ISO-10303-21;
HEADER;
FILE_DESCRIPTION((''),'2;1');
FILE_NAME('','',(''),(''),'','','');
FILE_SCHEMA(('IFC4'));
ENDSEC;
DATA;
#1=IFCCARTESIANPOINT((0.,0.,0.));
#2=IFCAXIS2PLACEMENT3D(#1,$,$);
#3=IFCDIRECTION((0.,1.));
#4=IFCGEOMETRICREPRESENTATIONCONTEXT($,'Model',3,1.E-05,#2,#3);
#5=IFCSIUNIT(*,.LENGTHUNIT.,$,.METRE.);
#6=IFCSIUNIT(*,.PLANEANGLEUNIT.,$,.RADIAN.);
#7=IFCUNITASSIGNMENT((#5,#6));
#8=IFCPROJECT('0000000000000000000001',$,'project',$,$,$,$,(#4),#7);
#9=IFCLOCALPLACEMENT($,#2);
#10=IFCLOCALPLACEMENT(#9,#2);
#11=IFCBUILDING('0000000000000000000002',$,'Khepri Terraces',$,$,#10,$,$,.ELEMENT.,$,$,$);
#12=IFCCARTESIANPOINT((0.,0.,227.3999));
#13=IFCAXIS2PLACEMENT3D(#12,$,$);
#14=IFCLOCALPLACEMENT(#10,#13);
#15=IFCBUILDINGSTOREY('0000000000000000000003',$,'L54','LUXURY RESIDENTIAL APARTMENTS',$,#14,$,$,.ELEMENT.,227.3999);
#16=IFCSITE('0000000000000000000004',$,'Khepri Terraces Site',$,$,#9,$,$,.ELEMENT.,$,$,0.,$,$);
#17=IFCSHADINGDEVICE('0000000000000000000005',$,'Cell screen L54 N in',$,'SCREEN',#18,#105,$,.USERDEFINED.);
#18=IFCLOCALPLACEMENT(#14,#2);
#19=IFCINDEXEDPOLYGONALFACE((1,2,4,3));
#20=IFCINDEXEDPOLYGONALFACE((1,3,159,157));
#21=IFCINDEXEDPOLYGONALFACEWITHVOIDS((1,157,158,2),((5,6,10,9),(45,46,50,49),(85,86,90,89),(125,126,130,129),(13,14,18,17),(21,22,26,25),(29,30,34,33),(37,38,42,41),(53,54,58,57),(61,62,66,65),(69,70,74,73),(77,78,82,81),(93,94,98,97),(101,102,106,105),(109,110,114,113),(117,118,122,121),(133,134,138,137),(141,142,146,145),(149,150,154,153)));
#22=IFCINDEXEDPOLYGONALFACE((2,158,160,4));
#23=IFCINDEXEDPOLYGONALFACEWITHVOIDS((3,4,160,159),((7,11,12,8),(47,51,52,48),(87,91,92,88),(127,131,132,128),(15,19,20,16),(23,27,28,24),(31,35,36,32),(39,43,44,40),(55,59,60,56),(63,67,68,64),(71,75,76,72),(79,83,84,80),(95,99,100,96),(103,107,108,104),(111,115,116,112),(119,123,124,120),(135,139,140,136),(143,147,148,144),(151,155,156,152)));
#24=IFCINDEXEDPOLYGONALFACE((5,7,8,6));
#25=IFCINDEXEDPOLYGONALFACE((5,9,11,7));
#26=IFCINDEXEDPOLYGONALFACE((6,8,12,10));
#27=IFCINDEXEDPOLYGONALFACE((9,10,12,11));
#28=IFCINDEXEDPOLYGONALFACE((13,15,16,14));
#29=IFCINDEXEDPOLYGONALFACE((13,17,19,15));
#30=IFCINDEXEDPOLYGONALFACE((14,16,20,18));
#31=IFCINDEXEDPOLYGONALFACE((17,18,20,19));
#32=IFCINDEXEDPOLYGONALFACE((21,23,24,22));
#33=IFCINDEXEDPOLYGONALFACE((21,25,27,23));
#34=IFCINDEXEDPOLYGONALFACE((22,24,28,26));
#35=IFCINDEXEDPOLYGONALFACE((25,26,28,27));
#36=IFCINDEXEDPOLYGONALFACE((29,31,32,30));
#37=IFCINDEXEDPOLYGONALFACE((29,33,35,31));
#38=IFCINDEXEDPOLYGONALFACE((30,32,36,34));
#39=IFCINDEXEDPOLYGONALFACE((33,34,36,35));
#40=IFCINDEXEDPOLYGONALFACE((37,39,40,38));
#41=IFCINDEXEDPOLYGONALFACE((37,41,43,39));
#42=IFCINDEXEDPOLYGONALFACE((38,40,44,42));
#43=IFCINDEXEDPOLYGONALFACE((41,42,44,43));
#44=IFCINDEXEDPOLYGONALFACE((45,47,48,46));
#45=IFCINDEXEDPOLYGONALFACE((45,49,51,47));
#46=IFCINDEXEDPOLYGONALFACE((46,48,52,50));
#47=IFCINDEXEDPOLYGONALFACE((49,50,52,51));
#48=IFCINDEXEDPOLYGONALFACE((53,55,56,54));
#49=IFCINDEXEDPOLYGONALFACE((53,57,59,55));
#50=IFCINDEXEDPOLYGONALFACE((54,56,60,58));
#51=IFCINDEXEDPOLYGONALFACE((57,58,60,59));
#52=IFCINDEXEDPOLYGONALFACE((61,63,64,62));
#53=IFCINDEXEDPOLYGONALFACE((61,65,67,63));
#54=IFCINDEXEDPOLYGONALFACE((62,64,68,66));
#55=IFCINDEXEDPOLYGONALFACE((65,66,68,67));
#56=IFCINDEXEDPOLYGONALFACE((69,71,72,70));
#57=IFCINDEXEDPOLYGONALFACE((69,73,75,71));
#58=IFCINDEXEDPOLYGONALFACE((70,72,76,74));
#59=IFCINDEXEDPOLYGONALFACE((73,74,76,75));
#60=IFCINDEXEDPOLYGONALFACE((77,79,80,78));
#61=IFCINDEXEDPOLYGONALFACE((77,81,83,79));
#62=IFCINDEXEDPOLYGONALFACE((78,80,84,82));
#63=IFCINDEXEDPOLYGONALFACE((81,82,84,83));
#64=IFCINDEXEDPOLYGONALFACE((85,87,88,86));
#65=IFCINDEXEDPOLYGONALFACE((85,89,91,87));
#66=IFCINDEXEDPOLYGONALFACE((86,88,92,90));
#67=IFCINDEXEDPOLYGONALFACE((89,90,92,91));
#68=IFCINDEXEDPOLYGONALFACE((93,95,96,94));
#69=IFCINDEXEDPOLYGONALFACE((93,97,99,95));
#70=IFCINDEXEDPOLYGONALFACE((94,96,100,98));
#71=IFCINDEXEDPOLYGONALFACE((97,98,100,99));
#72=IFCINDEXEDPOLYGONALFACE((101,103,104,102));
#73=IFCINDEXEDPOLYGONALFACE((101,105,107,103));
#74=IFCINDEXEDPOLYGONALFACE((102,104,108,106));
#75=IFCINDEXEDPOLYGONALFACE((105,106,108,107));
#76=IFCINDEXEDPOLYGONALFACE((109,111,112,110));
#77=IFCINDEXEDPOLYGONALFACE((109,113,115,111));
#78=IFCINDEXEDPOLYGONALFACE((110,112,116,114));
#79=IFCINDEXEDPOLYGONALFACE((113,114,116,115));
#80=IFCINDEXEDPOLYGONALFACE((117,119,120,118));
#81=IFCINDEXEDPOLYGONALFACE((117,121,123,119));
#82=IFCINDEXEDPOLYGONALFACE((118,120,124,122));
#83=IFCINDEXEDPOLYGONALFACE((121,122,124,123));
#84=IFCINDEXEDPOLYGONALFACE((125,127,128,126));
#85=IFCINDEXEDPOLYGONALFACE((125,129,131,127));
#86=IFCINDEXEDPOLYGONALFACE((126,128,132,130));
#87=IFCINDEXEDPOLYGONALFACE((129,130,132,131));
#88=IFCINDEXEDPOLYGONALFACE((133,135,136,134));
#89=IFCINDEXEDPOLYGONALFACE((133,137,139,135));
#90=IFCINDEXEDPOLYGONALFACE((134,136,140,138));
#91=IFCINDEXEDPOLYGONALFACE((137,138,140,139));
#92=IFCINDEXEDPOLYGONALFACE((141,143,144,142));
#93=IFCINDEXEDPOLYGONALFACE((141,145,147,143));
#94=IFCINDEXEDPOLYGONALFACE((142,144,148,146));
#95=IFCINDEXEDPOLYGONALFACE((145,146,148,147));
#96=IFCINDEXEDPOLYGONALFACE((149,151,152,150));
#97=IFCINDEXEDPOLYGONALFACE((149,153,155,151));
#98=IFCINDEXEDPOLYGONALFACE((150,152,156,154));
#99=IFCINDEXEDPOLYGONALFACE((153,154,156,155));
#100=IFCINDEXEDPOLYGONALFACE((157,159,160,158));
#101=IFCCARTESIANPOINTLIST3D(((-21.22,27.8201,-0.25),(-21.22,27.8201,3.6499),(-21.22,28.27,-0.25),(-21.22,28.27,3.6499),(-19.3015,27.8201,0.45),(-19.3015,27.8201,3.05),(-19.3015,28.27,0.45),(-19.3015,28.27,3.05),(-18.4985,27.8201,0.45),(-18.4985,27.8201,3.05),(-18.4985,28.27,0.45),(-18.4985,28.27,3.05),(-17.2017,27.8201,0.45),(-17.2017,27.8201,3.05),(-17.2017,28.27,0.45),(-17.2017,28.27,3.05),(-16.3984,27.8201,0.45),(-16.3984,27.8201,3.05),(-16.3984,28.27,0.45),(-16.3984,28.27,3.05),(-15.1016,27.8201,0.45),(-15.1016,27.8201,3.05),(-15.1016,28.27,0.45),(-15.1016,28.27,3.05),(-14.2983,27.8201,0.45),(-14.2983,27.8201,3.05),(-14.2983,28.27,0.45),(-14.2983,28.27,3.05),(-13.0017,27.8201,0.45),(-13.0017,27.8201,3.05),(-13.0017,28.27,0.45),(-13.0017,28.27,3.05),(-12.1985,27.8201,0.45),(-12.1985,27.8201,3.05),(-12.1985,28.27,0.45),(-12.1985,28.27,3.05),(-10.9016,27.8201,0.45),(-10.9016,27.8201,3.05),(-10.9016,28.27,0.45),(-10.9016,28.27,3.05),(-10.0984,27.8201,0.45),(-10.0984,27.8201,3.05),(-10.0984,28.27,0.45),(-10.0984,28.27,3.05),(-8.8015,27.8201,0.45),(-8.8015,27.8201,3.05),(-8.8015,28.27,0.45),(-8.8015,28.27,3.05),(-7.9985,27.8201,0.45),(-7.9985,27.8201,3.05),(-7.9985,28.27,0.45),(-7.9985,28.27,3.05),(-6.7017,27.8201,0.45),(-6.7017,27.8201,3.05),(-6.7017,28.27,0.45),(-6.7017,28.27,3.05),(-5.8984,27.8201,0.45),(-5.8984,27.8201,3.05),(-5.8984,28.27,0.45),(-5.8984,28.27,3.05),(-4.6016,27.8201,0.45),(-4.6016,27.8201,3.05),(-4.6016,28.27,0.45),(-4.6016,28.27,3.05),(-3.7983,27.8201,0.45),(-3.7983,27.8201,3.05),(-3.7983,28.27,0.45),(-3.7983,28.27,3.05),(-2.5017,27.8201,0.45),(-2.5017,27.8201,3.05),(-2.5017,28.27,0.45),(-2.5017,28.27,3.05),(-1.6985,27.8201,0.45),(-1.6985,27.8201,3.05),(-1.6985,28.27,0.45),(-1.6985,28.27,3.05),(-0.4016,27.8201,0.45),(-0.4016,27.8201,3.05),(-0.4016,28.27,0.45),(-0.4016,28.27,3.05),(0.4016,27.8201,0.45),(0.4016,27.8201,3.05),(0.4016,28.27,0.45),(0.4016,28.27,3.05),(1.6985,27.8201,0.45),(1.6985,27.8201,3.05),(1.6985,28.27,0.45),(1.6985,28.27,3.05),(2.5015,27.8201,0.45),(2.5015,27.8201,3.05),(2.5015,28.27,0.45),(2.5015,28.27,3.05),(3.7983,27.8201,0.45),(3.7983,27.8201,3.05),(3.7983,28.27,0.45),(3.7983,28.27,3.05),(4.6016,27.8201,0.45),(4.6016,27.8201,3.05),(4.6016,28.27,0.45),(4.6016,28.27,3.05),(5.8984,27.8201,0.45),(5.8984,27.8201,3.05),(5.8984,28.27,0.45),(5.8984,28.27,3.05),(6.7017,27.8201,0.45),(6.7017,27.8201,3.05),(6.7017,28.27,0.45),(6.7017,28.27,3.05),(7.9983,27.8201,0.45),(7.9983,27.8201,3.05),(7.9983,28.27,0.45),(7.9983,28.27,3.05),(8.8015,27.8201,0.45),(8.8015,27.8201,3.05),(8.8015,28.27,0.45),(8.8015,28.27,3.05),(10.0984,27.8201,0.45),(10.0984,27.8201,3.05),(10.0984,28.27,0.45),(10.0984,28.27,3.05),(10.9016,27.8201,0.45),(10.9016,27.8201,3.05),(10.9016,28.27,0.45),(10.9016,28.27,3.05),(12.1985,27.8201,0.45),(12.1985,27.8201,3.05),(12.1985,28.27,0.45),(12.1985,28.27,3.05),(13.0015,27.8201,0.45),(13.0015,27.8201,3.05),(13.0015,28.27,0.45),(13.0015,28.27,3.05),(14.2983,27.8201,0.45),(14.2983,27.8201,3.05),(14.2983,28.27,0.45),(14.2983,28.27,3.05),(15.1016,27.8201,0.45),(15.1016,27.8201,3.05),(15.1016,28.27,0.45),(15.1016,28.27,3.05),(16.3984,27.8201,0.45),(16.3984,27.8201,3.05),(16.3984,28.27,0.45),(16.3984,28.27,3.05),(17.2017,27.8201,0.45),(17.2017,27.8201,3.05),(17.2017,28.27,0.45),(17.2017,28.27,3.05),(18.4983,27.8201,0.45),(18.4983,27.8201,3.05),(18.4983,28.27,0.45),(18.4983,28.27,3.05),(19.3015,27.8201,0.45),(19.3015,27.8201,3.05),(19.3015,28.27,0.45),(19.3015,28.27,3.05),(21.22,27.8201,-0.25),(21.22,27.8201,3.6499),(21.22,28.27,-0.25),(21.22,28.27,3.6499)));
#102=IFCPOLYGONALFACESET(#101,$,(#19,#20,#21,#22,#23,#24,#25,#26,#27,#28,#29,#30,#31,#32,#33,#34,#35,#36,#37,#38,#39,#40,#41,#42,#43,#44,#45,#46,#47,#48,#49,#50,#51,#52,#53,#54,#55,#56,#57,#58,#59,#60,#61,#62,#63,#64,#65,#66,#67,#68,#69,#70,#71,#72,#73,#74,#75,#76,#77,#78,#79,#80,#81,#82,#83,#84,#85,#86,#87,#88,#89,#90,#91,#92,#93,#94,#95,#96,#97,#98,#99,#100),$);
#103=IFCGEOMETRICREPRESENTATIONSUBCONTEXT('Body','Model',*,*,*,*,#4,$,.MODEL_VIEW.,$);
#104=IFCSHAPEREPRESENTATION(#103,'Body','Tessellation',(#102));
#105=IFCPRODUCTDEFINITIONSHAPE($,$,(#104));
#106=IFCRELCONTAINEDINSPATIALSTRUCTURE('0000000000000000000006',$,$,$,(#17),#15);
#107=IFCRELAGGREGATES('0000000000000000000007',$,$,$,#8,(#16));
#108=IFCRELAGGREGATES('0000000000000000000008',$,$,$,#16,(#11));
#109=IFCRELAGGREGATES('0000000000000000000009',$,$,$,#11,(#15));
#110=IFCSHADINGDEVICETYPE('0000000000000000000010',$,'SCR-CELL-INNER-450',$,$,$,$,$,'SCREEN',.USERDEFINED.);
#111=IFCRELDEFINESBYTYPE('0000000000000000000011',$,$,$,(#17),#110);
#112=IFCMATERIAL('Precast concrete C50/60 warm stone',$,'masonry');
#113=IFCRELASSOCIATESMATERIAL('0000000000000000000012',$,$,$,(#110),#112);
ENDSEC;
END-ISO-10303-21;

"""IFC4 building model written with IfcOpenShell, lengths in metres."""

from ifc_helpers import new_model, si_unit, direction, frame, origin, place, context, subcontext, project, spatial, polyline, outline, extrude, material, type_object, element, save


model = new_model("IFC4")

# Units and contexts
model_context = context("Model", 3, precision=1e-05, world=origin(), true_north=direction((0.0, 1.0)))
body_context = subcontext(model_context, "Body", "Model", "MODEL_VIEW")
ifc_project = project(units=[si_unit("LENGTHUNIT", "METRE"), si_unit("PLANEANGLEUNIT", "RADIAN")], contexts=[model_context])

# Site, building, storey
site_placement = place(None, origin())
site = spatial("IfcSite", under=ifc_project, at=site_placement, Name="Khepri Terraces Site", CompositionType="ELEMENT", RefElevation=0.0)
building_placement = place(site_placement, origin())
building = spatial("IfcBuilding", under=site, at=building_placement, Name="Khepri Terraces", CompositionType="ELEMENT")
storey_placement = place(building_placement, frame((0.0, 0.0, 227.3999)))
storey = spatial("IfcBuildingStorey", under=building, at=storey_placement, Name="L54", Description="LUXURY RESIDENTIAL APARTMENTS", CompositionType="ELEMENT", Elevation=227.3999)

# Shared definitions
ifc_material_1 = material(Name="Precast concrete C50/60 warm stone", Category="masonry")

# Shading device
shading_device_type_1 = type_object("IfcShadingDeviceType", Name="SCR-CELL-INNER-450", ElementType="SCREEN", PredefinedType="USERDEFINED", material=ifc_material_1)
shading_device_1_placement = place(storey_placement, frame((21.22, 27.8201, -0.25), z_axis=(0.0, 1.0, 0.0), x_axis=(-1.0, 0.0, 0.0)))
element("IfcShadingDevice", 1, at=shading_device_1_placement, inside=storey, type_object=shading_device_type_1, Name="Cell screen L54 N in", ObjectType="SCREEN", PredefinedType="USERDEFINED", context=body_context, shape_type="SweptSolid", body=[
    extrude(outline(polyline([(0.0, 0.0), (42.4399, 0.0), (42.4399, 3.8999), (0.0, 3.8999), (0.0, 0.0)]), holes=[polyline([(1.9185, 0.7), (2.7217, 0.7), (2.7217, 3.3), (1.9185, 3.3), (1.9185, 0.7)]), polyline([(4.0183, 0.7), (4.8215, 0.7), (4.8215, 3.3), (4.0183, 3.3), (4.0183, 0.7)]), polyline([(6.1184, 0.7), (6.9216, 0.7), (6.9216, 3.3), (6.1184, 3.3), (6.1184, 0.7)]), polyline([(8.2185, 0.7), (9.0215, 0.7), (9.0215, 3.3), (8.2185, 3.3), (8.2185, 0.7)]), polyline([(10.3184, 0.7), (11.1216, 0.7), (11.1216, 3.3), (10.3184, 3.3), (10.3184, 0.7)]), polyline([(12.4185, 0.7), (13.2217, 0.7), (13.2217, 3.3), (12.4185, 3.3), (12.4185, 0.7)]), polyline([(14.5183, 0.7), (15.3215, 0.7), (15.3215, 3.3), (14.5183, 3.3), (14.5183, 0.7)]), polyline([(16.6184, 0.7), (17.4216, 0.7), (17.4216, 3.3), (16.6184, 3.3), (16.6184, 0.7)]), polyline([(18.7185, 0.7), (19.5215, 0.7), (19.5215, 3.3), (18.7185, 3.3), (18.7185, 0.7)]), polyline([(20.8184, 0.7), (21.6216, 0.7), (21.6216, 3.3), (20.8184, 3.3), (20.8184, 0.7)]), polyline([(22.9185, 0.7), (23.7217, 0.7), (23.7217, 3.3), (22.9185, 3.3), (22.9185, 0.7)]), polyline([(25.0183, 0.7), (25.8215, 0.7), (25.8215, 3.3), (25.0183, 3.3), (25.0183, 0.7)]), polyline([(27.1184, 0.7), (27.9216, 0.7), (27.9216, 3.3), (27.1184, 3.3), (27.1184, 0.7)]), polyline([(29.2185, 0.7), (30.0215, 0.7), (30.0215, 3.3), (29.2185, 3.3), (29.2185, 0.7)]), polyline([(31.3184, 0.7), (32.1216, 0.7), (32.1216, 3.3), (31.3184, 3.3), (31.3184, 0.7)]), polyline([(33.4185, 0.7), (34.2217, 0.7), (34.2217, 3.3), (33.4185, 3.3), (33.4185, 0.7)]), polyline([(35.5183, 0.7), (36.3215, 0.7), (36.3215, 3.3), (35.5183, 3.3), (35.5183, 0.7)]), polyline([(37.6184, 0.7), (38.4216, 0.7), (38.4216, 3.3), (37.6184, 3.3), (37.6184, 0.7)]), polyline([(39.7185, 0.7), (40.5215, 0.7), (40.5215, 3.3), (39.7185, 3.3), (39.7185, 0.7)])]), origin(), (0.0, 0.0, 1.0), 0.45),
])

save(model, "model.ifc")
